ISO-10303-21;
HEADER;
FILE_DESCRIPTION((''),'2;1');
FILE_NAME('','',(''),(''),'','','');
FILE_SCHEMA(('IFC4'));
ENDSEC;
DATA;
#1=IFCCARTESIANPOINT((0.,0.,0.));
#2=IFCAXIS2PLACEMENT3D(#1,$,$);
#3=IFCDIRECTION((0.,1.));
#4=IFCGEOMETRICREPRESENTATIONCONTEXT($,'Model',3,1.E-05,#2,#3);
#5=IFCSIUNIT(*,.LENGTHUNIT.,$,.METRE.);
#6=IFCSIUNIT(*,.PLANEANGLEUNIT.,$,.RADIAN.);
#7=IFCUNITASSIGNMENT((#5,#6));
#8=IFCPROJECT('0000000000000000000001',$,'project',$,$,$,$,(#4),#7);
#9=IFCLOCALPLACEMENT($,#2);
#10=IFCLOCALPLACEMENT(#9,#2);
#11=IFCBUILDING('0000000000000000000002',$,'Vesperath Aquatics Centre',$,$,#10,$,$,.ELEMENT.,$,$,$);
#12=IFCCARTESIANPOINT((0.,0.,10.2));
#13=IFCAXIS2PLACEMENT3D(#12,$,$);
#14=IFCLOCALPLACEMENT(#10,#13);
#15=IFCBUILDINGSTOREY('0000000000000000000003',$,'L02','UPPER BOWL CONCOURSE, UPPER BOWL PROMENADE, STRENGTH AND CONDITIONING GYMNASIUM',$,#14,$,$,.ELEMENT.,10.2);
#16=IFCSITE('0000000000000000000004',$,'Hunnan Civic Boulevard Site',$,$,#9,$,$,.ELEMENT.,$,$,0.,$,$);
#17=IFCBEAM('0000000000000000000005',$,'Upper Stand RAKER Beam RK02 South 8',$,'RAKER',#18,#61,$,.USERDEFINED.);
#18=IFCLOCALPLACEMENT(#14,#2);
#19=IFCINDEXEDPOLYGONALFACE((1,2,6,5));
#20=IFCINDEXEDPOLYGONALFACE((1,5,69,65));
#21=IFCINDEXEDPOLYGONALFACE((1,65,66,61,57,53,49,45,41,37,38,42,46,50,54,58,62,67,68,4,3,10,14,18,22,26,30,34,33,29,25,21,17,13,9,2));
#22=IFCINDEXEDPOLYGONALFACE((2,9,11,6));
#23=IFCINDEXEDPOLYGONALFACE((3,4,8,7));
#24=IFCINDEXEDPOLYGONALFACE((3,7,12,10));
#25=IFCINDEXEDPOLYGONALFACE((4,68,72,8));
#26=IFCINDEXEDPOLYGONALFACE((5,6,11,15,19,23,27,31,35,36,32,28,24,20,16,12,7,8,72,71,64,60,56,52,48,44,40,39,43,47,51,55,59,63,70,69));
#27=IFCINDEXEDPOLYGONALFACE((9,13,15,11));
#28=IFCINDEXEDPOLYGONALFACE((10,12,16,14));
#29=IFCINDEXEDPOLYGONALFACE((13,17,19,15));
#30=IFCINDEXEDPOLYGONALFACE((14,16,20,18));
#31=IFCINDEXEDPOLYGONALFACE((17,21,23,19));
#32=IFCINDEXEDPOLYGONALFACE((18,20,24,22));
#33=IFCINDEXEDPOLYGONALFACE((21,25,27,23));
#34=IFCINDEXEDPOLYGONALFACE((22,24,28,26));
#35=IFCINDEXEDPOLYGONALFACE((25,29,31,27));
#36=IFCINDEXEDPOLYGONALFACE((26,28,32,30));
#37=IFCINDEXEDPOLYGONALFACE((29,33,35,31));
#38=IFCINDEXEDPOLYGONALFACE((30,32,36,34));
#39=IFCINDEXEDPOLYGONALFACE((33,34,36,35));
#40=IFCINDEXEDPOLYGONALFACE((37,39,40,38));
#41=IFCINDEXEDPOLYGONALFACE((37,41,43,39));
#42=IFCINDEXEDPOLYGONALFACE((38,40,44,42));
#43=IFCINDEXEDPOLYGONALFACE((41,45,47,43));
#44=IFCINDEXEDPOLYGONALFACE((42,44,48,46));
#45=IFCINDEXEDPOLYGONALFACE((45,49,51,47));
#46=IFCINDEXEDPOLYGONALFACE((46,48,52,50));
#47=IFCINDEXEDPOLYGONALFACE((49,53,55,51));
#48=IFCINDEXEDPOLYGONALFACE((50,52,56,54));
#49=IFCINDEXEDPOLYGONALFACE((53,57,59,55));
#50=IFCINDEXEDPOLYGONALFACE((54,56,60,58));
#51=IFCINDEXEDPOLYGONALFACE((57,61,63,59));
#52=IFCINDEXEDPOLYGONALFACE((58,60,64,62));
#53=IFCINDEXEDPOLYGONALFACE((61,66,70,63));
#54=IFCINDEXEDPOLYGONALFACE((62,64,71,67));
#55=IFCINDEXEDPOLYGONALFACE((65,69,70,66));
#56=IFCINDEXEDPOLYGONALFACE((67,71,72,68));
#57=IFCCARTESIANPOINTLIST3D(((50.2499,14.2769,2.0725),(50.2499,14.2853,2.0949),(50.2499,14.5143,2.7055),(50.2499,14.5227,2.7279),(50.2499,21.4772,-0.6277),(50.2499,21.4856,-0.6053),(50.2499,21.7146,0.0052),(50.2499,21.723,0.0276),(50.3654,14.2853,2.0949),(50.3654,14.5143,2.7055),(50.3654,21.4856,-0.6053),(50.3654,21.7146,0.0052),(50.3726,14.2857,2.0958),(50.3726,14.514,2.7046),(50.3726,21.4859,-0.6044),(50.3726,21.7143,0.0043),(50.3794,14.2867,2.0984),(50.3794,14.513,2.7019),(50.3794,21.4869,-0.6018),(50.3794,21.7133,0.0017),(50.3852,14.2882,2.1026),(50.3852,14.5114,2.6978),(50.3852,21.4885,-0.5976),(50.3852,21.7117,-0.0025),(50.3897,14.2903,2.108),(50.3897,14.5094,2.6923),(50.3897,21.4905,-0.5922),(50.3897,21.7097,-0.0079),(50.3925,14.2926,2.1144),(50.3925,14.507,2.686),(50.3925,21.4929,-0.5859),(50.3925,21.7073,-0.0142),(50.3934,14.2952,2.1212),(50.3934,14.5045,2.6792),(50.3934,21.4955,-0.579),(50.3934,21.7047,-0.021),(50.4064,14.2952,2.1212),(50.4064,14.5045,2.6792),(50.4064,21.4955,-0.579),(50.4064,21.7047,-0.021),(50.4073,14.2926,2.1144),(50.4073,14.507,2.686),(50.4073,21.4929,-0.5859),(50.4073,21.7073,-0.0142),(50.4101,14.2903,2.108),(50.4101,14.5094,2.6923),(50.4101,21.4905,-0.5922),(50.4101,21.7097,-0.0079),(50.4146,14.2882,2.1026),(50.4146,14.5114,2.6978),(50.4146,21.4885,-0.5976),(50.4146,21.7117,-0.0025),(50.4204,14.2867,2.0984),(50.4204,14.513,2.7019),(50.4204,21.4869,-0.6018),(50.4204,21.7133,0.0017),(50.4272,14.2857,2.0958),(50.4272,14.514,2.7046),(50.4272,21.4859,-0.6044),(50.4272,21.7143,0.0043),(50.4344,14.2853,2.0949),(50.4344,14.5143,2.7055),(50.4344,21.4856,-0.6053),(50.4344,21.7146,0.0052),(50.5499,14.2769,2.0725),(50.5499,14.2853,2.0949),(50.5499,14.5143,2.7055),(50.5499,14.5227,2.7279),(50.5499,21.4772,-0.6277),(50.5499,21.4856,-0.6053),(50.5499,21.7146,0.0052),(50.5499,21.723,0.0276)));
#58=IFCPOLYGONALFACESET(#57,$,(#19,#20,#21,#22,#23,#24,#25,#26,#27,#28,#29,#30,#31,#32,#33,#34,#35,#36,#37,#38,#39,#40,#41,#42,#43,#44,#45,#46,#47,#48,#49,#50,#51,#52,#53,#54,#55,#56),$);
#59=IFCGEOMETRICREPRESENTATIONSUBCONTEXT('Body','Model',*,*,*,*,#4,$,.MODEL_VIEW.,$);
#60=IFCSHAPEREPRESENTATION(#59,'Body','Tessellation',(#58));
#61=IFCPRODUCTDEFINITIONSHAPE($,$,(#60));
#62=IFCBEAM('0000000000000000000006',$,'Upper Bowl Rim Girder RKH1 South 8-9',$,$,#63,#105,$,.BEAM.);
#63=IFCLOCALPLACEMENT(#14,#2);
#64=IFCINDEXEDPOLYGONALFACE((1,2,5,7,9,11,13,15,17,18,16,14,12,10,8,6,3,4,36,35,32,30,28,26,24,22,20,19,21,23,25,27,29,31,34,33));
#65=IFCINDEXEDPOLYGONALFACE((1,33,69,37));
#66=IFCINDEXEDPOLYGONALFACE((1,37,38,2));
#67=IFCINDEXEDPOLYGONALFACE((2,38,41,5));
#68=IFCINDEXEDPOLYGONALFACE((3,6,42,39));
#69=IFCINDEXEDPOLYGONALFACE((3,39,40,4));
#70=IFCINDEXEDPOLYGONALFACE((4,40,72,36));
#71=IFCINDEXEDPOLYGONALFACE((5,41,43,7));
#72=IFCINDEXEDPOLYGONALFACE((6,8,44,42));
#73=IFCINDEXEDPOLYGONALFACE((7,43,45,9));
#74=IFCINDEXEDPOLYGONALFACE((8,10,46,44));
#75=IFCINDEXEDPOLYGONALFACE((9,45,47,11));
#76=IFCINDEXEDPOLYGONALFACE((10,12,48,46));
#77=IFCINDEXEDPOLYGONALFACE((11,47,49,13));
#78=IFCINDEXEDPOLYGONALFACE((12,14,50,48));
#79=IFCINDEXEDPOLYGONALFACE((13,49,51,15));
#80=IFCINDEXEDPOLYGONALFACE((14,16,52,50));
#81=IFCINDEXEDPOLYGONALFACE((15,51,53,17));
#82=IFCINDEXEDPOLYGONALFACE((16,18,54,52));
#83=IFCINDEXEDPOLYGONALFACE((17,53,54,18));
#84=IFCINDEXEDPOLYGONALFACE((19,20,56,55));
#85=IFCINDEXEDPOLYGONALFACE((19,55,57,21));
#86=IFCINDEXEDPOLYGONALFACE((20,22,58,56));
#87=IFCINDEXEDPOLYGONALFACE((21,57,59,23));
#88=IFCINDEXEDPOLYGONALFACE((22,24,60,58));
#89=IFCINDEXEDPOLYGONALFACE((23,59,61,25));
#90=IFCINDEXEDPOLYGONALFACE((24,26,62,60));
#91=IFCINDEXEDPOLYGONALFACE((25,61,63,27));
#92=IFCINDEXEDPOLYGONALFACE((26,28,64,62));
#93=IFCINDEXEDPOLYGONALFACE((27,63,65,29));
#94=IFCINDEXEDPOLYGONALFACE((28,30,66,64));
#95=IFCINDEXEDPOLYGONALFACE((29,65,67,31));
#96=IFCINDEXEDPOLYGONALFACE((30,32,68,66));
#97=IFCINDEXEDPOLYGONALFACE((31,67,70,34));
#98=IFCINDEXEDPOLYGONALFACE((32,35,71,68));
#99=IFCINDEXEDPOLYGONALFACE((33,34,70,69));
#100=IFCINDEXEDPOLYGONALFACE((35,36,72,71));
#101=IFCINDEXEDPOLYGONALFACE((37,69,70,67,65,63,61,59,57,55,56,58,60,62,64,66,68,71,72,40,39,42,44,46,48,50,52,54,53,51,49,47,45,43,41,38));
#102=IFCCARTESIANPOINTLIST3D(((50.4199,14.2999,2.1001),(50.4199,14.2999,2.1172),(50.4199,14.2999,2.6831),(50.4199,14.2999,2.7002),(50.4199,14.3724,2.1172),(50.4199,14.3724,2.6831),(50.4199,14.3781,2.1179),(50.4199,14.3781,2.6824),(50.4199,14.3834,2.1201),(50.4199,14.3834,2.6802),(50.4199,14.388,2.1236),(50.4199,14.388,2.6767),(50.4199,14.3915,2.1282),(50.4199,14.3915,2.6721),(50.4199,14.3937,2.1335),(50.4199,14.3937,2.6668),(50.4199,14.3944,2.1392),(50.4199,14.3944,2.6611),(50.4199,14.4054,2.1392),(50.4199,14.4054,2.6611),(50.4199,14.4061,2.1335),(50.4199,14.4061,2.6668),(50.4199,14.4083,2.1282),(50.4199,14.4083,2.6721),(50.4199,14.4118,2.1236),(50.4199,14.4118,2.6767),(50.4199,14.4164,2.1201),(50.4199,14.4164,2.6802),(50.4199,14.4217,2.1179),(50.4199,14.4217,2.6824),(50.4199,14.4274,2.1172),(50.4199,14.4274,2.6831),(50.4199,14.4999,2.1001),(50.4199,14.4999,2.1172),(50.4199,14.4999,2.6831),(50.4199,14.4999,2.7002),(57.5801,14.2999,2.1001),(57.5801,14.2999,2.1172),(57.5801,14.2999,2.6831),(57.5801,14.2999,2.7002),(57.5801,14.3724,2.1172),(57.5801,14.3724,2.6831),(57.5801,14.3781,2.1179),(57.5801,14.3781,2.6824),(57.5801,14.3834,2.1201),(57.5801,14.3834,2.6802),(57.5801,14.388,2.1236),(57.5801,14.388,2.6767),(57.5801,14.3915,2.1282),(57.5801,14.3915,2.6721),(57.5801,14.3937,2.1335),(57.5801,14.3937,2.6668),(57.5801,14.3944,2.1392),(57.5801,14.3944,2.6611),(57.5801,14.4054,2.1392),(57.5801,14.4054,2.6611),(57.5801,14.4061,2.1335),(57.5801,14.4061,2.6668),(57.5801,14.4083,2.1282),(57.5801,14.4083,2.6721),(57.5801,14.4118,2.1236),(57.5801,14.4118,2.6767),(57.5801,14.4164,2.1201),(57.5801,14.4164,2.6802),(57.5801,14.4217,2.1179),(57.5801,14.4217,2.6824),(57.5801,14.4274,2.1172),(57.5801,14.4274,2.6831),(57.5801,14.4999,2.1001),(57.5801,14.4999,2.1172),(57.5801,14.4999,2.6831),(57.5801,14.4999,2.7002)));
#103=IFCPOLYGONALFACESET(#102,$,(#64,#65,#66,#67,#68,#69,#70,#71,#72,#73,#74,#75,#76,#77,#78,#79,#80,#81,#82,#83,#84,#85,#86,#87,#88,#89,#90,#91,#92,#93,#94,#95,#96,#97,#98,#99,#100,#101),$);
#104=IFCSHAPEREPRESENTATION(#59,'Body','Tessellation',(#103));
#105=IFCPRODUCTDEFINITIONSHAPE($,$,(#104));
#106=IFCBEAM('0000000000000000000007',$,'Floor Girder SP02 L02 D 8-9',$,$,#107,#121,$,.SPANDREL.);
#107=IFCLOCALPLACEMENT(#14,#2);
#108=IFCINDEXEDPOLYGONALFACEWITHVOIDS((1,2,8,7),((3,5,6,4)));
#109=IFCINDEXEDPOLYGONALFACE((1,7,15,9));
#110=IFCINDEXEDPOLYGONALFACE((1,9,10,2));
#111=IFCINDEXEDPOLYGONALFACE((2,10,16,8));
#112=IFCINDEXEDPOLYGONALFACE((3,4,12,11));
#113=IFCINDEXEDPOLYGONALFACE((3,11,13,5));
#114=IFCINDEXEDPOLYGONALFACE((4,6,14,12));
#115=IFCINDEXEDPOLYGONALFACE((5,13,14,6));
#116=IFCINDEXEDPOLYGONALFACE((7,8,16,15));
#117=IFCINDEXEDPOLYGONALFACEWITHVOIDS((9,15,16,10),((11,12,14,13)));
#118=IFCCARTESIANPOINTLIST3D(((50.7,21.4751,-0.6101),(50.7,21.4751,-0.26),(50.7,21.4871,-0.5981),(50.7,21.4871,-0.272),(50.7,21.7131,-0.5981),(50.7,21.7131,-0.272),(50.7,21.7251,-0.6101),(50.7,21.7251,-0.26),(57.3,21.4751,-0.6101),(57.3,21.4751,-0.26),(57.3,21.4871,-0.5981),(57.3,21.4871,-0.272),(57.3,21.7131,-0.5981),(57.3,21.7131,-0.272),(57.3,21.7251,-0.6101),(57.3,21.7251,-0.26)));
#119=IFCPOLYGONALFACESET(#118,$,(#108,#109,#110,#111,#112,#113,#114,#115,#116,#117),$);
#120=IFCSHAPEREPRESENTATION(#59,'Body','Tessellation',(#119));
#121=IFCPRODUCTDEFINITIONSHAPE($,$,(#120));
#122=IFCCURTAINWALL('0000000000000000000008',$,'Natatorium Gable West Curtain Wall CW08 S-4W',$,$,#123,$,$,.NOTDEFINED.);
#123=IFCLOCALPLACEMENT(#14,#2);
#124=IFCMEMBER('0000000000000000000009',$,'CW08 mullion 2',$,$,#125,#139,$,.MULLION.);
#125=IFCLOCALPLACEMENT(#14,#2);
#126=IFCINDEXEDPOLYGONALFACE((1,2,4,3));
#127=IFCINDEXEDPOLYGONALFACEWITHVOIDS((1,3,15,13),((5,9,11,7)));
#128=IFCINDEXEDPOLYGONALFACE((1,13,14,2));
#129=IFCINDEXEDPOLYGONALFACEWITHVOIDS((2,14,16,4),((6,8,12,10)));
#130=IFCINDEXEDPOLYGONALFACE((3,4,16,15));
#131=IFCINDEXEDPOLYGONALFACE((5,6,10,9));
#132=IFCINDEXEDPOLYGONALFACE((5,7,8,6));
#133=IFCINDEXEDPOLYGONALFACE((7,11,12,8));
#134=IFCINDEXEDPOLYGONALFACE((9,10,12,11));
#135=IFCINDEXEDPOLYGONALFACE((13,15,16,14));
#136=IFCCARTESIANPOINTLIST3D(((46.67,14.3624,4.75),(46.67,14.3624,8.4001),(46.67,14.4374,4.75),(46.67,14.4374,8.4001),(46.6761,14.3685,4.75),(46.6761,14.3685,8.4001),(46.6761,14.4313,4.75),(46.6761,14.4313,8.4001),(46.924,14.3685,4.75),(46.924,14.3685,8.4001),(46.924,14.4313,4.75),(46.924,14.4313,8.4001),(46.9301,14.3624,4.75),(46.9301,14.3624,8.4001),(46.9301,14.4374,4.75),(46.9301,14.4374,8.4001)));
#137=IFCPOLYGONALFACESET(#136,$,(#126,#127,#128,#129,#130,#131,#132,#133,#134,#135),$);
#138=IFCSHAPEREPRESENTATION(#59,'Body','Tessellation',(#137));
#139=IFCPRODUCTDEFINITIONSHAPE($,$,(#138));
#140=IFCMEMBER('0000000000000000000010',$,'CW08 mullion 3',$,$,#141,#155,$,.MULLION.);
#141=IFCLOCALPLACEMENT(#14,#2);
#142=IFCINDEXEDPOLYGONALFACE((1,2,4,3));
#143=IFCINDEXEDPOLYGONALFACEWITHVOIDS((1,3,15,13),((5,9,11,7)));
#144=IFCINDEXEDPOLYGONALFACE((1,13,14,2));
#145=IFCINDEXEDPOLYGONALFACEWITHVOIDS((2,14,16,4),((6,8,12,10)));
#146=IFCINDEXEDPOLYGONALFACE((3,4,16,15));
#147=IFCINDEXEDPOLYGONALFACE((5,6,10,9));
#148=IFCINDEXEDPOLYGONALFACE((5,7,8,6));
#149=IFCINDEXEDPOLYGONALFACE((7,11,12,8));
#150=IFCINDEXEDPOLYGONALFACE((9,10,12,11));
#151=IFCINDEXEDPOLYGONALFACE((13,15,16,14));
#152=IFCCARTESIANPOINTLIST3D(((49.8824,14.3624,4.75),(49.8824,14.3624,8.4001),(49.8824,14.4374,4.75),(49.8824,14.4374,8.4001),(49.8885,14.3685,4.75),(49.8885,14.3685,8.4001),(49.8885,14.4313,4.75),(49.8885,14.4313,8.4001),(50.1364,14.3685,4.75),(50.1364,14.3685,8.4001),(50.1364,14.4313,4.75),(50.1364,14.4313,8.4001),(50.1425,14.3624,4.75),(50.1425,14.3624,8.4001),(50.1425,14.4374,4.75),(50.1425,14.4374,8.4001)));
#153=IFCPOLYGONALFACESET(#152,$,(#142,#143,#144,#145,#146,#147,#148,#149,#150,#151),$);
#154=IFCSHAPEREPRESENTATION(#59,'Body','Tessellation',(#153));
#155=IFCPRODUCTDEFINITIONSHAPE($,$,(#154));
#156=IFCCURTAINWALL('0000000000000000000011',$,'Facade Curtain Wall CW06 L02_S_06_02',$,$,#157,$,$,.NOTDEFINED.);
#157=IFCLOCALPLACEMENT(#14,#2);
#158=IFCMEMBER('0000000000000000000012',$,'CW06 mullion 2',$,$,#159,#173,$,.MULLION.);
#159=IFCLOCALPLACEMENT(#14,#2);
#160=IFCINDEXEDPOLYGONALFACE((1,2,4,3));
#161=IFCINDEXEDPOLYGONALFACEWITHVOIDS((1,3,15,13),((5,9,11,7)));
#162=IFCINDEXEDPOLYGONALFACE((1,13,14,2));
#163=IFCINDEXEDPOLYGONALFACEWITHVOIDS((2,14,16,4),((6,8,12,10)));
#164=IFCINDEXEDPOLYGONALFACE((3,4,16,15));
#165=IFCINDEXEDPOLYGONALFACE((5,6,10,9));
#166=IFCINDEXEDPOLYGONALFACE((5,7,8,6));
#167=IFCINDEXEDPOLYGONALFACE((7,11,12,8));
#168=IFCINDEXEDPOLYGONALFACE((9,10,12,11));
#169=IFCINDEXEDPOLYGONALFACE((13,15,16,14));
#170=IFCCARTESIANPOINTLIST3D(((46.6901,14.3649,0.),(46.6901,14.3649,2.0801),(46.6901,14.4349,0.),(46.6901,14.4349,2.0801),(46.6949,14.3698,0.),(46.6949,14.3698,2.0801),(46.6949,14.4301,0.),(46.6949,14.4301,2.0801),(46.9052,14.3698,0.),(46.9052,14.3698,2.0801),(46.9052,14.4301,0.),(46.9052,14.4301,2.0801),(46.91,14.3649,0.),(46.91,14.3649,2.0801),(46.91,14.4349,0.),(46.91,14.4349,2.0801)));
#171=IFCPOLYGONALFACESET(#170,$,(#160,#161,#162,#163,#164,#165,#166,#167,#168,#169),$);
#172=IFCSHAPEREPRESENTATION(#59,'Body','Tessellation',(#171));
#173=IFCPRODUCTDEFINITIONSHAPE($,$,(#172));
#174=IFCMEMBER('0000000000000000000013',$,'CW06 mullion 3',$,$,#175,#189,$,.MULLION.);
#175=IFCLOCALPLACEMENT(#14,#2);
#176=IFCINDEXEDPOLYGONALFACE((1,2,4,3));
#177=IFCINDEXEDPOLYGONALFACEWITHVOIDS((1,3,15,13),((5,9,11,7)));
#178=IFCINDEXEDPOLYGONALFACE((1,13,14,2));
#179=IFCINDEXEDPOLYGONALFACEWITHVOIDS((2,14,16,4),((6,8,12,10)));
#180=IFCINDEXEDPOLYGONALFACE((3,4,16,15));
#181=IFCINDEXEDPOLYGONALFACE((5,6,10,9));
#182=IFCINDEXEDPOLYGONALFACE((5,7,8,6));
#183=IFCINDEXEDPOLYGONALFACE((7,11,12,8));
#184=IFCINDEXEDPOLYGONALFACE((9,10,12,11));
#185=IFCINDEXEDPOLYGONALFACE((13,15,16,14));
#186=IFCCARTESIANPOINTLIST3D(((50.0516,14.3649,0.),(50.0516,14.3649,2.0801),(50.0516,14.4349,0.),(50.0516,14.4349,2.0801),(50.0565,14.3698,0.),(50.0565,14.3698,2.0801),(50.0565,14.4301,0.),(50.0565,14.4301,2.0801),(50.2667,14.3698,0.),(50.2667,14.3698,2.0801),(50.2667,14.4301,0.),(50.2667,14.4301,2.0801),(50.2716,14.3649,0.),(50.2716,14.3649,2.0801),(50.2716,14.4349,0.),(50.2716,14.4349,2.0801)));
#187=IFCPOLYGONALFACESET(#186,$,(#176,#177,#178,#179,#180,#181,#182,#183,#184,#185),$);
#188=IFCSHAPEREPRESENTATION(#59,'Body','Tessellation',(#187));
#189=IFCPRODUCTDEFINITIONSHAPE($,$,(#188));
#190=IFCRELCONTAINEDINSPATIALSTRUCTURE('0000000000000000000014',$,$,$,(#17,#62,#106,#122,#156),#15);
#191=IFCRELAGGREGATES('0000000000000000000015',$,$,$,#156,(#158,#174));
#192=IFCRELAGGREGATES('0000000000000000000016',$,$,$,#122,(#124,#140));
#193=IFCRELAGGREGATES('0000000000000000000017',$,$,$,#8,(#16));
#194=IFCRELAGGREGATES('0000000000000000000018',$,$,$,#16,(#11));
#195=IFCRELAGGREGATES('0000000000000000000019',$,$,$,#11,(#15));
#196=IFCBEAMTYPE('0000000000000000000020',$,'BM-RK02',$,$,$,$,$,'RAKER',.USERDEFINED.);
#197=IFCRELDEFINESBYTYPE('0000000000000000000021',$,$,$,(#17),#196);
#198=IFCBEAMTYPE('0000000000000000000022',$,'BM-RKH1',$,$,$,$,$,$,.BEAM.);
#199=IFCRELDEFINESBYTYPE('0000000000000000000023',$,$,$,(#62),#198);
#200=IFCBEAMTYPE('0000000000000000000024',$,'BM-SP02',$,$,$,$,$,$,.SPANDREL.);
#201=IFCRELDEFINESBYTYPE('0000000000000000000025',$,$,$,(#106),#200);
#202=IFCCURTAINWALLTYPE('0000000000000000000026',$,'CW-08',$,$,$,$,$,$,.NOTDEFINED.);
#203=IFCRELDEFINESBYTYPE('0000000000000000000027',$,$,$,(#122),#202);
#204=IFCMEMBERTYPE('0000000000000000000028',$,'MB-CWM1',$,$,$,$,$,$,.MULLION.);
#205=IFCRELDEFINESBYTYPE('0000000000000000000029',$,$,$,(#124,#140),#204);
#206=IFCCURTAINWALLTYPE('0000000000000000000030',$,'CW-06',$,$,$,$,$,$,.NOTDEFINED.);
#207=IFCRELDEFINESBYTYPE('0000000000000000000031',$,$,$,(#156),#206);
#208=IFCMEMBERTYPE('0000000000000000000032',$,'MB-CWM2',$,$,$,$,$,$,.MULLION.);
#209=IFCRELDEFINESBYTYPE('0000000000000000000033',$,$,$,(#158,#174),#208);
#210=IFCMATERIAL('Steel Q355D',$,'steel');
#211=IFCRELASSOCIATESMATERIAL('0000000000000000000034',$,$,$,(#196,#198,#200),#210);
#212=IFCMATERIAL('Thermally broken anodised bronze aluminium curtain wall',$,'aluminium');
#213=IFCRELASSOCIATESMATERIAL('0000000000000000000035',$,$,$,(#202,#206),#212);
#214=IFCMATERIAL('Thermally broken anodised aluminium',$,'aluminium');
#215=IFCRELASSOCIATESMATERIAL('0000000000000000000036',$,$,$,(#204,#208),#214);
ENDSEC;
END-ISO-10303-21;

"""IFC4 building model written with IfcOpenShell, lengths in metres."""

from ifc_helpers import new_model, si_unit, direction, frame, origin, origin_2d, place, context, subcontext, project, spatial, hollow_rectangle, i_section, extrude, material, material_profile, profile_set, type_object, element, aggregate, save


model = new_model("IFC4")

# Units and contexts
model_context = context("Model", 3, precision=1e-05, world=origin(), true_north=direction((0.0, 1.0)))
body_context = subcontext(model_context, "Body", "Model", "MODEL_VIEW")
ifc_project = project(units=[si_unit("LENGTHUNIT", "METRE"), si_unit("PLANEANGLEUNIT", "RADIAN")], contexts=[model_context])

# Site, building, storey
site_placement = place(None, origin())
site = spatial("IfcSite", under=ifc_project, at=site_placement, Name="Hunnan Civic Boulevard Site", CompositionType="ELEMENT", RefElevation=0.0)
building_placement = place(site_placement, origin())
building = spatial("IfcBuilding", under=site, at=building_placement, Name="Vesperath Aquatics Centre", CompositionType="ELEMENT")
storey_placement = place(building_placement, frame((0.0, 0.0, 10.2)))
storey = spatial("IfcBuildingStorey", under=building, at=storey_placement, Name="L02", Description="UPPER BOWL CONCOURSE, UPPER BOWL PROMENADE, STRENGTH AND CONDITIONING GYMNASIUM", CompositionType="ELEMENT", Elevation=10.2)

# Shared definitions
ifc_material_1 = material(Name="Steel Q355D", Category="steel")

# Beams
ifc_material_profile_1 = material_profile(ifc_material_1, i_section(OverallWidth=0.3, OverallDepth=0.7, WebThickness=0.0129, FlangeThickness=0.0239, FilletRadius=0.0281, at=origin_2d()), Name="HN 700x300x13x24")
ifc_profile_set_1 = profile_set([ifc_material_profile_1], Name="Steel Q355D")
beam_type_1 = type_object("IfcBeamType", Name="BM-RK02", ElementType="RAKER", PredefinedType="USERDEFINED", material=ifc_profile_set_1)
beam_1_placement = place(storey_placement, frame((50.3999, 21.6001, -0.3), z_axis=(0.0, -0.936324, 0.351137), x_axis=(1.0, 0.0, 0.0)))
element("IfcBeam", 1, at=beam_1_placement, inside=storey, type_object=beam_type_1, Name="Upper Stand RAKER Beam RK02 South 8", ObjectType="RAKER", PredefinedType="USERDEFINED", context=body_context, shape_type="SweptSolid", body=[
    extrude(i_section(OverallWidth=0.3, OverallDepth=0.7, WebThickness=0.0129, FlangeThickness=0.0239, FilletRadius=0.0281, at=origin_2d()), origin(), (0.0, 0.0, 1.0), 7.6899),
])
ifc_material_profile_2 = material_profile(ifc_material_1, i_section(OverallWidth=0.2, OverallDepth=0.6001, WebThickness=0.011, FlangeThickness=0.0171, FilletRadius=0.022, at=origin_2d()), Name="HN 600x200x11x17")
ifc_profile_set_2 = profile_set([ifc_material_profile_2], Name="Steel Q355D")
beam_type_2 = type_object("IfcBeamType", Name="BM-RKH1", PredefinedType="BEAM", material=ifc_profile_set_2)
beam_2_placement = place(storey_placement, frame((50.4199, 14.3999, 2.4001), z_axis=(1.0, 0.0, 0.0), x_axis=(0.0, 1.0, 0.0)))
element("IfcBeam", 2, at=beam_2_placement, inside=storey, type_object=beam_type_2, Name="Upper Bowl Rim Girder RKH1 South 8-9", PredefinedType="BEAM", context=body_context, shape_type="SweptSolid", body=[
    extrude(i_section(OverallWidth=0.2, OverallDepth=0.6001, WebThickness=0.011, FlangeThickness=0.0171, FilletRadius=0.022, at=origin_2d()), origin(), (0.0, 0.0, 1.0), 7.1602),
])
ifc_material_profile_3 = material_profile(ifc_material_1, hollow_rectangle(XDim=0.25, YDim=0.3501, WallThickness=0.012, at=origin_2d()), Name="RHS 350x250x12")
ifc_profile_set_3 = profile_set([ifc_material_profile_3], Name="Steel Q355D")
beam_type_3 = type_object("IfcBeamType", Name="BM-SP02", PredefinedType="SPANDREL", material=ifc_profile_set_3)
beam_3_placement = place(storey_placement, frame((50.7, 21.6001, -0.4351), z_axis=(1.0, 0.0, 0.0), x_axis=(0.0, 1.0, 0.0)))
element("IfcBeam", 3, at=beam_3_placement, inside=storey, type_object=beam_type_3, Name="Floor Girder SP02 L02 D 8-9", PredefinedType="SPANDREL", context=body_context, shape_type="SweptSolid", body=[
    extrude(hollow_rectangle(XDim=0.25, YDim=0.3501, WallThickness=0.012, at=origin_2d()), origin(), (0.0, 0.0, 1.0), 6.6001),
])

# Curtain walls, members
ifc_material_2 = material(Name="Thermally broken anodised bronze aluminium curtain wall", Category="aluminium")
curtain_wall_type_1 = type_object("IfcCurtainWallType", Name="CW-08", PredefinedType="NOTDEFINED", material=ifc_material_2)
curtain_wall_1_placement = place(storey_placement, origin())
curtain_wall_1 = element("IfcCurtainWall", 4, at=curtain_wall_1_placement, inside=storey, type_object=curtain_wall_type_1, Name="Natatorium Gable West Curtain Wall CW08 S-4W", PredefinedType="NOTDEFINED")
ifc_material_3 = material(Name="Thermally broken anodised aluminium", Category="aluminium")
ifc_material_profile_4 = material_profile(ifc_material_3, hollow_rectangle(XDim=0.075, YDim=0.26, WallThickness=0.0061, at=origin_2d()), Name="CWM 75x260x6")
ifc_profile_set_4 = profile_set([ifc_material_profile_4], Name="Thermally broken anodised aluminium")
member_type_1 = type_object("IfcMemberType", Name="MB-CWM1", PredefinedType="MULLION", material=ifc_profile_set_4)
member_1_placement = place(storey_placement, frame((46.8, 14.3999, 4.75), z_axis=(0.0, 0.0, 1.0), x_axis=(0.0, 1.0, 0.0)))
member_1 = element("IfcMember", 5, at=member_1_placement, type_object=member_type_1, Name="CW08 mullion 2", PredefinedType="MULLION", context=body_context, shape_type="SweptSolid", body=[
    extrude(hollow_rectangle(XDim=0.075, YDim=0.26, WallThickness=0.0061, at=origin_2d()), origin(), (0.0, 0.0, 1.0), 3.6501),
])
member_2_placement = place(storey_placement, frame((50.0125, 14.3999, 4.75), z_axis=(0.0, 0.0, 1.0), x_axis=(0.0, 1.0, 0.0)))
member_2 = element("IfcMember", 6, at=member_2_placement, type_object=member_type_1, Name="CW08 mullion 3", PredefinedType="MULLION", context=body_context, shape_type="SweptSolid", body=[
    extrude(hollow_rectangle(XDim=0.075, YDim=0.26, WallThickness=0.0061, at=origin_2d()), origin(), (0.0, 0.0, 1.0), 3.6501),
])
curtain_wall_type_2 = type_object("IfcCurtainWallType", Name="CW-06", PredefinedType="NOTDEFINED", material=ifc_material_2)
curtain_wall_2_placement = place(storey_placement, origin())
curtain_wall_2 = element("IfcCurtainWall", 7, at=curtain_wall_2_placement, inside=storey, type_object=curtain_wall_type_2, Name="Facade Curtain Wall CW06 L02_S_06_02", PredefinedType="NOTDEFINED")
ifc_material_profile_5 = material_profile(ifc_material_3, hollow_rectangle(XDim=0.0701, YDim=0.22, WallThickness=0.0049, at=origin_2d()), Name="CWM 70x220x5")
ifc_profile_set_5 = profile_set([ifc_material_profile_5], Name="Thermally broken anodised aluminium")
member_type_2 = type_object("IfcMemberType", Name="MB-CWM2", PredefinedType="MULLION", material=ifc_profile_set_5)
member_3_placement = place(storey_placement, frame((46.8, 14.3999, 0.0), z_axis=(0.0, 0.0, 1.0), x_axis=(0.0, 1.0, 0.0)))
member_3 = element("IfcMember", 8, at=member_3_placement, type_object=member_type_2, Name="CW06 mullion 2", PredefinedType="MULLION", context=body_context, shape_type="SweptSolid", body=[
    extrude(hollow_rectangle(XDim=0.0701, YDim=0.22, WallThickness=0.0049, at=origin_2d()), origin(), (0.0, 0.0, 1.0), 2.0801),
])
member_4_placement = place(storey_placement, frame((50.1616, 14.3999, 0.0), z_axis=(0.0, 0.0, 1.0), x_axis=(0.0, 1.0, 0.0)))
member_4 = element("IfcMember", 9, at=member_4_placement, type_object=member_type_2, Name="CW06 mullion 3", PredefinedType="MULLION", context=body_context, shape_type="SweptSolid", body=[
    extrude(hollow_rectangle(XDim=0.0701, YDim=0.22, WallThickness=0.0049, at=origin_2d()), origin(), (0.0, 0.0, 1.0), 2.0801),
])

aggregate(curtain_wall_2, [member_3, member_4])
aggregate(curtain_wall_1, [member_1, member_2])

save(model, "model.ifc")
